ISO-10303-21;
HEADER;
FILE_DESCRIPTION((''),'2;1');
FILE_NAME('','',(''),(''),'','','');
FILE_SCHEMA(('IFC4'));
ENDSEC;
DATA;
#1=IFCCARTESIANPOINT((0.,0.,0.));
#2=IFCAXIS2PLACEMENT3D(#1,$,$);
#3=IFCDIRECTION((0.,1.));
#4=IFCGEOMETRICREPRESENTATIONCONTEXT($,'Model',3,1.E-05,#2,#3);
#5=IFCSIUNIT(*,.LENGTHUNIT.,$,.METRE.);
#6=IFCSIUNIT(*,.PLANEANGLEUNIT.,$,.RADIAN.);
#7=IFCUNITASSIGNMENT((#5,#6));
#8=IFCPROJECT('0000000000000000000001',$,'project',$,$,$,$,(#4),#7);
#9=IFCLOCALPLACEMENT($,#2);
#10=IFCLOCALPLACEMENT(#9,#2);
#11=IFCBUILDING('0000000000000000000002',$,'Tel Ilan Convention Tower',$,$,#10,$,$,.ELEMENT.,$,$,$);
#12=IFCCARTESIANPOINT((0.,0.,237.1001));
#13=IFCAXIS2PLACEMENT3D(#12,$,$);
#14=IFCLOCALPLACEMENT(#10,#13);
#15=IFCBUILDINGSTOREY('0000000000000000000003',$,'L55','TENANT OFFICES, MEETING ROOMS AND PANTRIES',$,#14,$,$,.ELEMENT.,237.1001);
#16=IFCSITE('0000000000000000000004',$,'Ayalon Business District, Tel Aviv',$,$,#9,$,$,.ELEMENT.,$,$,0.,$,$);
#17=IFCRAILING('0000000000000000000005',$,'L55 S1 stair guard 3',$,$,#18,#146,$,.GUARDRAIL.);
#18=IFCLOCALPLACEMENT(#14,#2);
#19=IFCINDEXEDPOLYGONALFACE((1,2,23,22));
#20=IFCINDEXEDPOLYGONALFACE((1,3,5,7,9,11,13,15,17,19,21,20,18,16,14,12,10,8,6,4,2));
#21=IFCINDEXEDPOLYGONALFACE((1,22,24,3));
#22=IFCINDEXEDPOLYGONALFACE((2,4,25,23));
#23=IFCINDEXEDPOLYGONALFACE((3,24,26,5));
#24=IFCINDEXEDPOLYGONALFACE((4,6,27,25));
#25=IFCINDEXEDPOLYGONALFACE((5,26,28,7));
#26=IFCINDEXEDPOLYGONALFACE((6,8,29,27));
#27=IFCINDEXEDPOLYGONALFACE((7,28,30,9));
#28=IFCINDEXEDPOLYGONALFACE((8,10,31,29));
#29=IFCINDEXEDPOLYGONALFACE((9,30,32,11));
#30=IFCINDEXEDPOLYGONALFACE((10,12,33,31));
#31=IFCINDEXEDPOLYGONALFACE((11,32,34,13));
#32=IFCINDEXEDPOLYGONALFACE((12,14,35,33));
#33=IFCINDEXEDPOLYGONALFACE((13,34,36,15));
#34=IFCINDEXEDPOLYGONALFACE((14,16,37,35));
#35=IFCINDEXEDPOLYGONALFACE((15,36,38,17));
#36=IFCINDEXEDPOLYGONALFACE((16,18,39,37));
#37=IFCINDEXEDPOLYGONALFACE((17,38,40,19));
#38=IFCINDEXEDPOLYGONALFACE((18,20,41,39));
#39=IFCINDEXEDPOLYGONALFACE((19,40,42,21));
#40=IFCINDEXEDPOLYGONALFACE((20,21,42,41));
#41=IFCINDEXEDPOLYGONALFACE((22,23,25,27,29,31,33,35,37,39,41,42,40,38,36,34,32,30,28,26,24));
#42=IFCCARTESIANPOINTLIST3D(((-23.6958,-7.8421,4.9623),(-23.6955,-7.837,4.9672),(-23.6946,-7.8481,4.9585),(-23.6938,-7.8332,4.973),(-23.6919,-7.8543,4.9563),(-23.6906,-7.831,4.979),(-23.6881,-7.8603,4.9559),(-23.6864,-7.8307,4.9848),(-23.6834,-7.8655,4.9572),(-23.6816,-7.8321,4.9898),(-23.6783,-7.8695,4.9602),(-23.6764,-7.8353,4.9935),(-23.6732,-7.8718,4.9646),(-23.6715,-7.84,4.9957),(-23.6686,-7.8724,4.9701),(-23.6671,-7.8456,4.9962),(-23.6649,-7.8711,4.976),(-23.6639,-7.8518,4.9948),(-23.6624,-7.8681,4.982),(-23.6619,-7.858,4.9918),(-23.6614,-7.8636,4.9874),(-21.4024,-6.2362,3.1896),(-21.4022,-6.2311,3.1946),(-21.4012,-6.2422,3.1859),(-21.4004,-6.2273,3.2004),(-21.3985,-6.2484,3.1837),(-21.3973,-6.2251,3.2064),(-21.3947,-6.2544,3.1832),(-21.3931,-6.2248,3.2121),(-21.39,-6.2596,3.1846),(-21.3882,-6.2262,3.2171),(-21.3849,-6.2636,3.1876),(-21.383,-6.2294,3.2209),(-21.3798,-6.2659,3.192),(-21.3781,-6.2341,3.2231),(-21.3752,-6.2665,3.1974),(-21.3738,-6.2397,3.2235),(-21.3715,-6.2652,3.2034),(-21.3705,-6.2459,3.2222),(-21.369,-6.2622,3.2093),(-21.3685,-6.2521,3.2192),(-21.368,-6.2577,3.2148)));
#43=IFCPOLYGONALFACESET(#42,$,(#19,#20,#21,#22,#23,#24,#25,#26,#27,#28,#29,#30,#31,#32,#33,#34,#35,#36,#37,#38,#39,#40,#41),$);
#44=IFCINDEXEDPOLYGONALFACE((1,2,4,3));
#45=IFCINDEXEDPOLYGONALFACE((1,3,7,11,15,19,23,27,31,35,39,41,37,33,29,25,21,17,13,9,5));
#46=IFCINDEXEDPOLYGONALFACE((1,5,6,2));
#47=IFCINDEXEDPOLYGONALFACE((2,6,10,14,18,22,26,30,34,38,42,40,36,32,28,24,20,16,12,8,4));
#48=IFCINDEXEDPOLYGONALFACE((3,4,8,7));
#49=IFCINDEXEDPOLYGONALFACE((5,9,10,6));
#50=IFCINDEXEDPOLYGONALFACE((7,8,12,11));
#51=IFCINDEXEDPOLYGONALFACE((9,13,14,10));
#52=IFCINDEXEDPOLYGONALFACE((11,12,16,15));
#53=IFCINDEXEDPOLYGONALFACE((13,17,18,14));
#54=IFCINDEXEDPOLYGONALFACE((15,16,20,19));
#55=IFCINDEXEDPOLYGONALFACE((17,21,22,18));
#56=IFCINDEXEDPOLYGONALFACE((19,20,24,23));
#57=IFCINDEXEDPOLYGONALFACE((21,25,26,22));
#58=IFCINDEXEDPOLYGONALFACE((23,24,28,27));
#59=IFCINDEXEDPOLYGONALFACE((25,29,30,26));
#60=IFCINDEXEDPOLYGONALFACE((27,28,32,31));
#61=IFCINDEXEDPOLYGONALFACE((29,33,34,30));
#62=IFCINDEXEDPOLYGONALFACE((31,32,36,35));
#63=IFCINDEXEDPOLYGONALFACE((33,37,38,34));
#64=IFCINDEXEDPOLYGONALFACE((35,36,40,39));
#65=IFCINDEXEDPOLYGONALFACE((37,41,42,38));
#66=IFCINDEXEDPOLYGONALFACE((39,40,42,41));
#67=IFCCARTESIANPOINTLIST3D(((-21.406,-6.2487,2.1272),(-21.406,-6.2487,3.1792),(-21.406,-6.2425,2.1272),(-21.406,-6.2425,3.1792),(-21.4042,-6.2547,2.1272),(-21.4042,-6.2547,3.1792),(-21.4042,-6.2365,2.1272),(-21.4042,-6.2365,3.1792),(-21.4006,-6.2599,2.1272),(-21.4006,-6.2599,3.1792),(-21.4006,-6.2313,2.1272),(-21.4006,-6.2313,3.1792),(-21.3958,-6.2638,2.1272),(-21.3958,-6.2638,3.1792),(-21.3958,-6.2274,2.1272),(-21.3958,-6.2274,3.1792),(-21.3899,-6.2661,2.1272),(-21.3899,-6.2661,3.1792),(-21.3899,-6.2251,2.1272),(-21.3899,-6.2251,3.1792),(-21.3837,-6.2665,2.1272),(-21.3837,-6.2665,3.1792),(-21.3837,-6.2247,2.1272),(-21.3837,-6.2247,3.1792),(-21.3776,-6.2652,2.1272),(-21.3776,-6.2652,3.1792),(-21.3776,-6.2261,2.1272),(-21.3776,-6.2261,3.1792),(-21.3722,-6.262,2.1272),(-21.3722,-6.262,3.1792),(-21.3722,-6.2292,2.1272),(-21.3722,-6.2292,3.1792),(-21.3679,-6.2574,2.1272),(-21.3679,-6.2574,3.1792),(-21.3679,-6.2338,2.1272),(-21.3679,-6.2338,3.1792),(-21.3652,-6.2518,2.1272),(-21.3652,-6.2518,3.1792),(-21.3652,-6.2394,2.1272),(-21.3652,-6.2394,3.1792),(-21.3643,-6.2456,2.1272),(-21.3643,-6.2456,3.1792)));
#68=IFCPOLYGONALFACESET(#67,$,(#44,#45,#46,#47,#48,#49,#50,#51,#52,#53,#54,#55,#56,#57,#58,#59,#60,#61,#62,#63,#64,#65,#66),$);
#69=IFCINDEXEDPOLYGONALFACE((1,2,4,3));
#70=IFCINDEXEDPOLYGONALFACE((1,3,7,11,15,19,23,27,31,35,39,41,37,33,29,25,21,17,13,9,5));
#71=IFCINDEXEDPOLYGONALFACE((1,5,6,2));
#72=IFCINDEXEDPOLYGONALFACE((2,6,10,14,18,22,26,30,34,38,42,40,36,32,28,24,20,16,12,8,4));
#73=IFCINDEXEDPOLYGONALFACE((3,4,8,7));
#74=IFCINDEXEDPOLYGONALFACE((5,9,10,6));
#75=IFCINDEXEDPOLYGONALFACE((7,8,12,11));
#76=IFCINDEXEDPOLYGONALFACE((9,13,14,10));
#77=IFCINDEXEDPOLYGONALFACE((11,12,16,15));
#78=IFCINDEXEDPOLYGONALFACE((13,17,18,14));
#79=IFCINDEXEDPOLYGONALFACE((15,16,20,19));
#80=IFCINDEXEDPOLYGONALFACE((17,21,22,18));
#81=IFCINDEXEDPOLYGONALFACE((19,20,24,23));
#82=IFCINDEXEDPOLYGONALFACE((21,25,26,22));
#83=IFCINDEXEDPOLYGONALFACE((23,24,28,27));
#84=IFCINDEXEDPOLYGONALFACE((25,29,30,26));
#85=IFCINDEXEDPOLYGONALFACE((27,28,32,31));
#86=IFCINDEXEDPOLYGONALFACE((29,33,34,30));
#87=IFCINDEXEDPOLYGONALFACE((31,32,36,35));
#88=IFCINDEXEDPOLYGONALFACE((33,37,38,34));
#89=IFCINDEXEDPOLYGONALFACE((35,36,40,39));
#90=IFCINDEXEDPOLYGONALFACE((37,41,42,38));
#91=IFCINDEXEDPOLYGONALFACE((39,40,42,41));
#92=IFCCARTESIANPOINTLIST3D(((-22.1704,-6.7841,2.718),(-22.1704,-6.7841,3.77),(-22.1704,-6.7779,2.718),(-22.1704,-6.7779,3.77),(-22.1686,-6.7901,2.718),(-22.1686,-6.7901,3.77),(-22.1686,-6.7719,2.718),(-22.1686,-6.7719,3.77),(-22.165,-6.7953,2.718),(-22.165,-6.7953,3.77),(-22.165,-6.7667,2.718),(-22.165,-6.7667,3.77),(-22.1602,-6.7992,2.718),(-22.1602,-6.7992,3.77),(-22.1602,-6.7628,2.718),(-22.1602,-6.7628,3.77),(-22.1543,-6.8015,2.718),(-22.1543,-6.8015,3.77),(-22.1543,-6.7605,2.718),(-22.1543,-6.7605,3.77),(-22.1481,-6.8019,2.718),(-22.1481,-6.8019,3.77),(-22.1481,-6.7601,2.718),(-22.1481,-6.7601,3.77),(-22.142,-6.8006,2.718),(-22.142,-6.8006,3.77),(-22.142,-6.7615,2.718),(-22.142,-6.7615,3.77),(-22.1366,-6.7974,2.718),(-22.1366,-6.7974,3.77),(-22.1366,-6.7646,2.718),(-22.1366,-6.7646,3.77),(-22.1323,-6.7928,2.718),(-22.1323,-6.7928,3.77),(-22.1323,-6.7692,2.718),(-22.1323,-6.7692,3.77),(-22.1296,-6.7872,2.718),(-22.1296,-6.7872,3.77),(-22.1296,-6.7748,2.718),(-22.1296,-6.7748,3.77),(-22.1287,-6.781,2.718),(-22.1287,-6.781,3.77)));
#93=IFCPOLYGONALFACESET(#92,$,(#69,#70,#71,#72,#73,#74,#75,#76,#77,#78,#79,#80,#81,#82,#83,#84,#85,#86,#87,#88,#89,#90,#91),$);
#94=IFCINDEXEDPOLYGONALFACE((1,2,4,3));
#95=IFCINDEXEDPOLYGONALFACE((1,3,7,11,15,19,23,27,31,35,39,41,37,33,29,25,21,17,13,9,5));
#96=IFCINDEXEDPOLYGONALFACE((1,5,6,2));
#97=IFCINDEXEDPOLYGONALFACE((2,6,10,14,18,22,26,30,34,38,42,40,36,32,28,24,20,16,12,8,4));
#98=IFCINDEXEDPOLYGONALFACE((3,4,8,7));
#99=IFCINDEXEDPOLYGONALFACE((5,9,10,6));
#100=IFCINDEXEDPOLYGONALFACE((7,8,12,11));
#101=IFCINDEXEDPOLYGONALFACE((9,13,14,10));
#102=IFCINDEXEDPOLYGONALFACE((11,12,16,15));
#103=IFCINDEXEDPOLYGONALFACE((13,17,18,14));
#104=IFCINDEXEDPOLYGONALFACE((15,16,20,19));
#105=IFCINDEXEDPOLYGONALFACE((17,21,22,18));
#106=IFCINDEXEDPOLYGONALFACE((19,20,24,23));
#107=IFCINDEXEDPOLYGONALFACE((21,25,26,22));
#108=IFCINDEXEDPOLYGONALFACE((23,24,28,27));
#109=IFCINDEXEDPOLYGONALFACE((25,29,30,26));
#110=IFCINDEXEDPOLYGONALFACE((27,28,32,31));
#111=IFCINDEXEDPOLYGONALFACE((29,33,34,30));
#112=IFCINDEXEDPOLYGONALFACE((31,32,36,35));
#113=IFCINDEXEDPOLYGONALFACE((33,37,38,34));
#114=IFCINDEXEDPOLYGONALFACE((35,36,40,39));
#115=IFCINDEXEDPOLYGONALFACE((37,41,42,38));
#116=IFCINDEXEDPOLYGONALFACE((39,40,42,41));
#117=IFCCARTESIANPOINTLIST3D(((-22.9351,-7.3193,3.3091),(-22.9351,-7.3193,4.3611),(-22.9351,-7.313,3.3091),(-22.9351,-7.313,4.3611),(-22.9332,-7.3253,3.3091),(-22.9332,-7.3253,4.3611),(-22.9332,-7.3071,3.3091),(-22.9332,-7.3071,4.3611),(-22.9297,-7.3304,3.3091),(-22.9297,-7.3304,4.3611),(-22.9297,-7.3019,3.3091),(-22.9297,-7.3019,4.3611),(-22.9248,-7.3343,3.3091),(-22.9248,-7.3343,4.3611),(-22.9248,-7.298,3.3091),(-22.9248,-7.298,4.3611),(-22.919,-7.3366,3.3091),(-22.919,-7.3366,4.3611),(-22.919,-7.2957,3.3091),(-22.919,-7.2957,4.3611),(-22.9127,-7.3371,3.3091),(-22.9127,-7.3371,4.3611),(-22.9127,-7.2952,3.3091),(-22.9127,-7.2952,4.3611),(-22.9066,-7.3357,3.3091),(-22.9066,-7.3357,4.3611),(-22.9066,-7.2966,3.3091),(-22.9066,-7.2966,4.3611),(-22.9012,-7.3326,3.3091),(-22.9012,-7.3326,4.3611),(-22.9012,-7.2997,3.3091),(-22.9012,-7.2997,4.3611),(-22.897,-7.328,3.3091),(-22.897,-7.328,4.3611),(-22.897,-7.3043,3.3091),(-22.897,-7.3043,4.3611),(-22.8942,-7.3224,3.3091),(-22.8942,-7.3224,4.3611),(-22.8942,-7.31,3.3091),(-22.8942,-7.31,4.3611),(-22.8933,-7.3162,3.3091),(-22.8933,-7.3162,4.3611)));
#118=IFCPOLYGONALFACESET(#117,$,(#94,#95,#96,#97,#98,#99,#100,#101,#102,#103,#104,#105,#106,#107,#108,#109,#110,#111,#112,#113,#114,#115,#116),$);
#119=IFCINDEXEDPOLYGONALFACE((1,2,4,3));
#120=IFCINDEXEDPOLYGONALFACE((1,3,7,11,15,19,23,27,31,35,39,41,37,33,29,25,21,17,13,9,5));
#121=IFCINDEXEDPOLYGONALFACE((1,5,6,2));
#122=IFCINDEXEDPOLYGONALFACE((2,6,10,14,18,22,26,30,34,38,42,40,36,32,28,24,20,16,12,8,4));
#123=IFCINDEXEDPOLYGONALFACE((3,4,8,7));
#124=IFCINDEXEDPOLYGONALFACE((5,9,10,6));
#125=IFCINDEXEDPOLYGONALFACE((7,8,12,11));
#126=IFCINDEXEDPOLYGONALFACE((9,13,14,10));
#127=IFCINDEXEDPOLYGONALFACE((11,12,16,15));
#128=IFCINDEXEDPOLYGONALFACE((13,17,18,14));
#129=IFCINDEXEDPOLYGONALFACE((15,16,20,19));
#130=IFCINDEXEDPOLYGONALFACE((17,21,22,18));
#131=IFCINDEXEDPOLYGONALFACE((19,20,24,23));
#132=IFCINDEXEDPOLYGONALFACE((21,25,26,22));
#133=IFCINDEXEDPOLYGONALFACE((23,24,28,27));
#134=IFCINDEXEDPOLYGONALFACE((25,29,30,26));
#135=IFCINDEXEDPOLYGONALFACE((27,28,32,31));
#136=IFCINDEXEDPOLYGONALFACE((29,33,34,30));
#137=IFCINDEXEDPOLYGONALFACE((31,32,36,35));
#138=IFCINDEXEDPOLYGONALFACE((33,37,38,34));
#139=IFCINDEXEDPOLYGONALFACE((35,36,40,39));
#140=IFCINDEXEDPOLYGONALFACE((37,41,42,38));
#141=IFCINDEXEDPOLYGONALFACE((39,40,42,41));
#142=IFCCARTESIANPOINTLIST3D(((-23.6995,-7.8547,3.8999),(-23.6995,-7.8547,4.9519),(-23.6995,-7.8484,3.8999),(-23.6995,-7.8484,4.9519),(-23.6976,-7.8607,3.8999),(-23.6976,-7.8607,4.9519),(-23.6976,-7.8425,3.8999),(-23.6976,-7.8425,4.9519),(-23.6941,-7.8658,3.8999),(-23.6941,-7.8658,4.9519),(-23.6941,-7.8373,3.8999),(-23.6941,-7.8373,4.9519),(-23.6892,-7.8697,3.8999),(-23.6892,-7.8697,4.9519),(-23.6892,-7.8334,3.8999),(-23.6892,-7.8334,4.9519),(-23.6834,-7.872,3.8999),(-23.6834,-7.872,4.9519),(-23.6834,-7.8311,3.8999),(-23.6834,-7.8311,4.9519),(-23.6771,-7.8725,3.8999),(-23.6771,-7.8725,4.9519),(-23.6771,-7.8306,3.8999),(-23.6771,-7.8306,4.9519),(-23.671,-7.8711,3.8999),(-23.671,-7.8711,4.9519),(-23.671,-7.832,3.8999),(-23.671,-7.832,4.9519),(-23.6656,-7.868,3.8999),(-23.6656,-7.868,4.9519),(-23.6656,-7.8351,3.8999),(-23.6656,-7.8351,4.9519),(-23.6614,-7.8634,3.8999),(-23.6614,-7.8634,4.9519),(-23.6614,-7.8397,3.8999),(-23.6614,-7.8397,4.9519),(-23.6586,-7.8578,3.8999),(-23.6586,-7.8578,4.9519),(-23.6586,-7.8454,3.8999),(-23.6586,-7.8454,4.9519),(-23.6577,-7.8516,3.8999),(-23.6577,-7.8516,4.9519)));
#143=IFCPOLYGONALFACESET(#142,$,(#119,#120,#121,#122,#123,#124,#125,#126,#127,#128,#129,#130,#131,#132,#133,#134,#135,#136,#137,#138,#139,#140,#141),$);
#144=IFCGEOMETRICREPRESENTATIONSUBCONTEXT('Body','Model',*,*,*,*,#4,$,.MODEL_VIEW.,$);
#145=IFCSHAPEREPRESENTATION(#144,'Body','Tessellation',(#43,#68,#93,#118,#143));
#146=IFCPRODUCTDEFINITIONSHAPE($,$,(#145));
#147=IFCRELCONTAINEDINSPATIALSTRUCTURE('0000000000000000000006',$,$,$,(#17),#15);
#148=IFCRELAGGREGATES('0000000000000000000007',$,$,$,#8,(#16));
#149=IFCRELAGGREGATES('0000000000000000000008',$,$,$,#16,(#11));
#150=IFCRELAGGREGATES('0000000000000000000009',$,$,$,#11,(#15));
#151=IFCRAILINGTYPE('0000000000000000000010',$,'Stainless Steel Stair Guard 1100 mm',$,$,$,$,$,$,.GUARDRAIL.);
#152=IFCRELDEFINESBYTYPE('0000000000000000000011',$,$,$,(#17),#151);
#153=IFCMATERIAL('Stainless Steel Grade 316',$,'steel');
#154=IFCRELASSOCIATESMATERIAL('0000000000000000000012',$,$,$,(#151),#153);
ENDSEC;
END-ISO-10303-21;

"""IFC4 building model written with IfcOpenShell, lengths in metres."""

from ifc_helpers import new_model, si_unit, direction, frame, origin, origin_2d, place, context, subcontext, project, spatial, circle, extrude, material, type_object, element, save


model = new_model("IFC4")

# Units and contexts
model_context = context("Model", 3, precision=1e-05, world=origin(), true_north=direction((0.0, 1.0)))
body_context = subcontext(model_context, "Body", "Model", "MODEL_VIEW")
ifc_project = project(units=[si_unit("LENGTHUNIT", "METRE"), si_unit("PLANEANGLEUNIT", "RADIAN")], contexts=[model_context])

# Site, building, storey
site_placement = place(None, origin())
site = spatial("IfcSite", under=ifc_project, at=site_placement, Name="Ayalon Business District, Tel Aviv", CompositionType="ELEMENT", RefElevation=0.0)
building_placement = place(site_placement, origin())
building = spatial("IfcBuilding", under=site, at=building_placement, Name="Tel Ilan Convention Tower", CompositionType="ELEMENT")
storey_placement = place(building_placement, frame((0.0, 0.0, 237.1001)))
storey = spatial("IfcBuildingStorey", under=building, at=storey_placement, Name="L55", Description="TENANT OFFICES, MEETING ROOMS AND PANTRIES", CompositionType="ELEMENT", Elevation=237.1001)

# Railing
ifc_material_1 = material(Name="Stainless Steel Grade 316", Category="steel")
railing_type_1 = type_object("IfcRailingType", Name="Stainless Steel Stair Guard 1100 mm", PredefinedType="GUARDRAIL", material=ifc_material_1)
railing_1_placement = place(storey_placement, frame((-21.3853, -6.2456, 2.1272)))
element("IfcRailing", 1, at=railing_1_placement, inside=storey, type_object=railing_type_1, Name="L55 S1 stair guard 3", PredefinedType="GUARDRAIL", context=body_context, shape_type="SweptSolid", body=[
    extrude(circle(Radius=0.0239, at=origin_2d()), frame((0.0, 0.0, 1.0762), z_axis=(-0.692085, -0.484621, 0.53494), x_axis=(0.573591, -0.819142, 0.0)), (0.0, 0.0, 1.0), 3.3137),
    extrude(circle(Radius=0.021, at=origin_2d()), origin(), (0.0, 0.0, 1.0), 1.052),
    extrude(circle(Radius=0.021, at=origin_2d()), frame((-0.7644, -0.5354, 0.5908)), (0.0, 0.0, 1.0), 1.052),
    extrude(circle(Radius=0.021, at=origin_2d()), frame((-1.5291, -1.0706, 1.1819)), (0.0, 0.0, 1.0), 1.052),
    extrude(circle(Radius=0.021, at=origin_2d()), frame((-2.2935, -1.606, 1.7727)), (0.0, 0.0, 1.0), 1.052),
])

save(model, "model.ifc")
